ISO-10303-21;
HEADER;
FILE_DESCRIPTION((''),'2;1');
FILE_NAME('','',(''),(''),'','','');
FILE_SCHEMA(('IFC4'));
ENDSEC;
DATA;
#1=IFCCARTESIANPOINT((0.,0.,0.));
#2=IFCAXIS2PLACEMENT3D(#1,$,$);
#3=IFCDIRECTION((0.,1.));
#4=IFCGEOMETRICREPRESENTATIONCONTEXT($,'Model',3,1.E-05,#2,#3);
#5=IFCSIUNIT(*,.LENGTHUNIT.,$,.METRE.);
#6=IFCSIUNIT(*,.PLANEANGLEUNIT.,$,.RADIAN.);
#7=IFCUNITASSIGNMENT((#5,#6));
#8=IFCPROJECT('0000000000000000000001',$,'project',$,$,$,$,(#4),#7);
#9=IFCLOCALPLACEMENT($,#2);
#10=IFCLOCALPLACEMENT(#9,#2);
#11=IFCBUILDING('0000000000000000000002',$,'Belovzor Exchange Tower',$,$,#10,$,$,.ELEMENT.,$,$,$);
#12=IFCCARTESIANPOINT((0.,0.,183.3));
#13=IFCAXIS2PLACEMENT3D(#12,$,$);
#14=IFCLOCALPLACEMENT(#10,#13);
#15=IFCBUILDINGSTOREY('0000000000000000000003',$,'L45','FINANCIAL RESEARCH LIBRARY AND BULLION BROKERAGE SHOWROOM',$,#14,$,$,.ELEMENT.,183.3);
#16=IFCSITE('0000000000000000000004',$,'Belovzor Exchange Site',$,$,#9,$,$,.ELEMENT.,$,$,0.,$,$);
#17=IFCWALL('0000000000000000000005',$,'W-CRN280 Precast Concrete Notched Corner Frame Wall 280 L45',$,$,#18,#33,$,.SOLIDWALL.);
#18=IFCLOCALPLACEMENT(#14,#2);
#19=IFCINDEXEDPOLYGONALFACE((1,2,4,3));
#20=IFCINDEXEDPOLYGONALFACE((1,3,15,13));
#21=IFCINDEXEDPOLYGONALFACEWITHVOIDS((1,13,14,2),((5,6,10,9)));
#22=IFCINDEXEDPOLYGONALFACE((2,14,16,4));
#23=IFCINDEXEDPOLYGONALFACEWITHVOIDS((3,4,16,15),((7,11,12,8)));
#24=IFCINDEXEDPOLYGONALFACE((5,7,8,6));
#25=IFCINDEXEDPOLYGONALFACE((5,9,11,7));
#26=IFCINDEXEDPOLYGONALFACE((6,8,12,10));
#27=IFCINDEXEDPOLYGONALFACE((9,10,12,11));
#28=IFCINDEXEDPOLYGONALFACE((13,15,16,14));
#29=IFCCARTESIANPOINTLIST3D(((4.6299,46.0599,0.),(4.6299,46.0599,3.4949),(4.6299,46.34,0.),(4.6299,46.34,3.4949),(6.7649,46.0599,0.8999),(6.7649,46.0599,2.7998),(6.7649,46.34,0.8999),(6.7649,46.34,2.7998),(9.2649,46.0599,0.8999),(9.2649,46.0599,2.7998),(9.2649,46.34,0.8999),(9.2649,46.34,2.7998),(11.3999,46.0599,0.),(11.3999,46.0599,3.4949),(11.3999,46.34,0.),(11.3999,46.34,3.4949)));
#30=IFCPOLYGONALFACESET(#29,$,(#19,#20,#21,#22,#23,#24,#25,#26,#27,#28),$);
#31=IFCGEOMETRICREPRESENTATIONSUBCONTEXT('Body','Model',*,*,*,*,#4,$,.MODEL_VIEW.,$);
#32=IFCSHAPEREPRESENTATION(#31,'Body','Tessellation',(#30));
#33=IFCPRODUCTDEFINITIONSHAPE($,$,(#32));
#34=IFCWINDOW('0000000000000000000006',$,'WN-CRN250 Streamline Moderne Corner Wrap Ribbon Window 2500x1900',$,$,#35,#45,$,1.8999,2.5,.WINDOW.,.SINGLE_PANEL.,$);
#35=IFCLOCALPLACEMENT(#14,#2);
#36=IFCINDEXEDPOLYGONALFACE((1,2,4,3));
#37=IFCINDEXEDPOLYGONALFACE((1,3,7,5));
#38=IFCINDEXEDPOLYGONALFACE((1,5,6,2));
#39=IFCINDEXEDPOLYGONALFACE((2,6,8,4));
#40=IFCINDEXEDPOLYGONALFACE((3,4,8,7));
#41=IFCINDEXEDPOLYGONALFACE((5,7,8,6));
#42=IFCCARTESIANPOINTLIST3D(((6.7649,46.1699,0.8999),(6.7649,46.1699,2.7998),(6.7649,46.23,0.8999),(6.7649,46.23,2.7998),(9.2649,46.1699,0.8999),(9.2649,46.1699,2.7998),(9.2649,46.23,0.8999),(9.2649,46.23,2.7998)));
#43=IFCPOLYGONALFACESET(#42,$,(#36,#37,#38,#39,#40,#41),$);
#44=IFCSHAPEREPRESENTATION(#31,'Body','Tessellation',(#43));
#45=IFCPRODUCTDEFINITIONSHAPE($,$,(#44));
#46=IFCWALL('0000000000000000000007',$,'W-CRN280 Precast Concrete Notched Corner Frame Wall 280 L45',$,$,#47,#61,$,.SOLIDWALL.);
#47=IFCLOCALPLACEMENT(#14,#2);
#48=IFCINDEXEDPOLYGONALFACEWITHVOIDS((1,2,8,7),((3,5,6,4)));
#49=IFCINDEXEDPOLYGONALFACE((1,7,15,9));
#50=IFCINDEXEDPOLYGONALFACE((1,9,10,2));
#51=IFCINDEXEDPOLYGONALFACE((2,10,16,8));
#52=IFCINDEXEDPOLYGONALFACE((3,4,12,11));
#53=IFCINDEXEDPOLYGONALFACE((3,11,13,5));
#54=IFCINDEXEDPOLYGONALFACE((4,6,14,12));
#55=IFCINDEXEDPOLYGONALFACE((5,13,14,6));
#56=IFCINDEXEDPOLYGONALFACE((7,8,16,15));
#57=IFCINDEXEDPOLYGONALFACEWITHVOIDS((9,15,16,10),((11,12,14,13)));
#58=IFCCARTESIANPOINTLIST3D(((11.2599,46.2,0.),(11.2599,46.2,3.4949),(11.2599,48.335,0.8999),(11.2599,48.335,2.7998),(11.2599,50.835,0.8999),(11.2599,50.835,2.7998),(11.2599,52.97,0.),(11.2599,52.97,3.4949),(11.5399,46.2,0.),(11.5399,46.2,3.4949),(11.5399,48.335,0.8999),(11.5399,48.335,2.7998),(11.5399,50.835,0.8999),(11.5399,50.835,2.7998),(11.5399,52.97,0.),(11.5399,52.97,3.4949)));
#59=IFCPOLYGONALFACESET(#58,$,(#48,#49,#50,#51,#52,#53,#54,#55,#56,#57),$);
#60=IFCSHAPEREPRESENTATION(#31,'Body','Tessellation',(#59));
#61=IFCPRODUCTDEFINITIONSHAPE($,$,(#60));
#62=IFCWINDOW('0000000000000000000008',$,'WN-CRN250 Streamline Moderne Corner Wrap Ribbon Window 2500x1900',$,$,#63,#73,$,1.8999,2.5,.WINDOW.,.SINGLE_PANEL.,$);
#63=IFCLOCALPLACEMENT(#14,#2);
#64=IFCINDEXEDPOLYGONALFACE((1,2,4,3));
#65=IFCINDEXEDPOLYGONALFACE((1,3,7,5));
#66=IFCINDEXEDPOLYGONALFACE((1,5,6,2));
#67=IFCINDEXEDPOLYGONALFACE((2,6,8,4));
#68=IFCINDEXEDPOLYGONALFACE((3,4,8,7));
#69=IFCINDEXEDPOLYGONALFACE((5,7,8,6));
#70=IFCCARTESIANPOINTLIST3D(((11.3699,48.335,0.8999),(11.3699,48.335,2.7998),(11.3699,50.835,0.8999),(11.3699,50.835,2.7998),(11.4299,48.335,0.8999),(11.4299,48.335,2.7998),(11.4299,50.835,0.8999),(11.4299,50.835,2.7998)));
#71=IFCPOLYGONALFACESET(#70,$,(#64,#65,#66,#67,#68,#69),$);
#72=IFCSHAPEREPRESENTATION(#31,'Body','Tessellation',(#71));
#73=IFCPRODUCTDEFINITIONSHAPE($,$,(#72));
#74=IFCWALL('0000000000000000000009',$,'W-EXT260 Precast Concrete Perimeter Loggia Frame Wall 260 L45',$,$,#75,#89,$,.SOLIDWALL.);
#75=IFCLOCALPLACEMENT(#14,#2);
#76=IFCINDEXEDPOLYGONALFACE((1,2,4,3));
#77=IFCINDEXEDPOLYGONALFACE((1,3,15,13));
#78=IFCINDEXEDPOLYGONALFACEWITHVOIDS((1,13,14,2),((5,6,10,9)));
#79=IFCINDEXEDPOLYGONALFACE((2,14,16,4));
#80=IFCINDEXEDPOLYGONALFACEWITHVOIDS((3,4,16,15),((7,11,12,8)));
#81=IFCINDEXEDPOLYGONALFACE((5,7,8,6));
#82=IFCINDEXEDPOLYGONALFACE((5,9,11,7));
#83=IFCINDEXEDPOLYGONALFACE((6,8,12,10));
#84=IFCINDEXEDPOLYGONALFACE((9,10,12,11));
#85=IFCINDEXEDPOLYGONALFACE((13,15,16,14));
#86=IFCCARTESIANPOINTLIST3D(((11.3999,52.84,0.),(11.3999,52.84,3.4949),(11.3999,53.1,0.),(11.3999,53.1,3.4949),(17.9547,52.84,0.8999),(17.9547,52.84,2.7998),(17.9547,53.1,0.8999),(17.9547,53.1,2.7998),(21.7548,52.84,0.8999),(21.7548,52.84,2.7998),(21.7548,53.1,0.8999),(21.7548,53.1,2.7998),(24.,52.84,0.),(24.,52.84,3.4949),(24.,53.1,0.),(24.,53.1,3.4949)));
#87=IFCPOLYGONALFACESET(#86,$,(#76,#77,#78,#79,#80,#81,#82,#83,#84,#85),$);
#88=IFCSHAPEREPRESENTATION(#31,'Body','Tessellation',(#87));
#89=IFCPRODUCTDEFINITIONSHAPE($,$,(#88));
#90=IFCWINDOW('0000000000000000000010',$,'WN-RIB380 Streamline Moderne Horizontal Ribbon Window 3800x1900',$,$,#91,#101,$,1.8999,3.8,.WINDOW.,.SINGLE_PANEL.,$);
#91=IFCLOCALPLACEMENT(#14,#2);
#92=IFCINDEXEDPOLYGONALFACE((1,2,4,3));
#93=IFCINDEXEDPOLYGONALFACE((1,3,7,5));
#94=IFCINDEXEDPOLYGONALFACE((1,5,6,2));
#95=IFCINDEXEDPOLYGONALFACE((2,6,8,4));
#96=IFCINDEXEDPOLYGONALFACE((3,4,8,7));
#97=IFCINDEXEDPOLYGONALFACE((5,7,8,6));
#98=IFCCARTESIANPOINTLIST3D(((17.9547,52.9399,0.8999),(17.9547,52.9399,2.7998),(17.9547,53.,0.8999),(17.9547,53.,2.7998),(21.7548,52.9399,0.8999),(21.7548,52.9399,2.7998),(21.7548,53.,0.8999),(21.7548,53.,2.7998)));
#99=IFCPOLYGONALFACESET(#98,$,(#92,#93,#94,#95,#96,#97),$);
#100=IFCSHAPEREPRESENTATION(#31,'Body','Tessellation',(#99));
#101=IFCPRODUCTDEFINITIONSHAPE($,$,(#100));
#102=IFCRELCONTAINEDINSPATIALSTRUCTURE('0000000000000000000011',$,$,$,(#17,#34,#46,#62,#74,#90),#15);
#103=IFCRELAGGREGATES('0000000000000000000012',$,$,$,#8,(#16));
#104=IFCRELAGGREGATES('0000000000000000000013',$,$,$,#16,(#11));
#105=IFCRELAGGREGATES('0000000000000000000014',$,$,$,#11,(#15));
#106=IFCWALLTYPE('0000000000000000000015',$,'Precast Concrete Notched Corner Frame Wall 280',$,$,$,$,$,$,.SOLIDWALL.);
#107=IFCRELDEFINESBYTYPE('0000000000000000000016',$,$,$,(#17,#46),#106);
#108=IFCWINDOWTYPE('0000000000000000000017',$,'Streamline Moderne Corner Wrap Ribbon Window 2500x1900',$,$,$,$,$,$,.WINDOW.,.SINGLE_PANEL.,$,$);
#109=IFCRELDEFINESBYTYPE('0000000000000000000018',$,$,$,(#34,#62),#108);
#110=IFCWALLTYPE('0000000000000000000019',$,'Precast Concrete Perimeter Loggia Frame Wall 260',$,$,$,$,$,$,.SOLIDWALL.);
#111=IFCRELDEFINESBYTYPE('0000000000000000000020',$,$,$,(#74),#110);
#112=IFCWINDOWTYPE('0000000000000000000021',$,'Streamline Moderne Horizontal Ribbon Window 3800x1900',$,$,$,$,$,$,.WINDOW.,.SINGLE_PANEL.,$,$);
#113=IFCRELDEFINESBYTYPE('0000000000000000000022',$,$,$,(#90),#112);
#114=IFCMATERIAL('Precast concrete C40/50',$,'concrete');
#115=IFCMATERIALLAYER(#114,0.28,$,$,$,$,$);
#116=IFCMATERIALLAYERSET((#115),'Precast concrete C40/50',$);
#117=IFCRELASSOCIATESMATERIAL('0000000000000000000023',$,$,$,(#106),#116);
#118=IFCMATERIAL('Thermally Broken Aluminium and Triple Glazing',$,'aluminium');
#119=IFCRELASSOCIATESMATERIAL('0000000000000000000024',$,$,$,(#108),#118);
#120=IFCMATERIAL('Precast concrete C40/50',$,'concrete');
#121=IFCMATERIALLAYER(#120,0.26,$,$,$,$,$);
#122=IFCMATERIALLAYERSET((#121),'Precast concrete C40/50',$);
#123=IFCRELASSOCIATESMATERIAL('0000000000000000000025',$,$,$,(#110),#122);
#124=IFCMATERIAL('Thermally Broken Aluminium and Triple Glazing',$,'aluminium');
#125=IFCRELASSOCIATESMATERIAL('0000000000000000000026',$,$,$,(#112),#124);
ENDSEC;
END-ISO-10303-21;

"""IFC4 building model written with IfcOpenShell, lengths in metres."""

from ifc_helpers import new_model, si_unit, direction, frame, frame_2d, origin, place, context, subcontext, project, spatial, rectangle, extrude, material, layer, layer_set, type_object, element, fill, save


model = new_model("IFC4")

# Units and contexts
model_context = context("Model", 3, precision=1e-05, world=origin(), true_north=direction((0.0, 1.0)))
body_context = subcontext(model_context, "Body", "Model", "MODEL_VIEW")
ifc_project = project(units=[si_unit("LENGTHUNIT", "METRE"), si_unit("PLANEANGLEUNIT", "RADIAN")], contexts=[model_context])

# Site, building, storey
site_placement = place(None, origin())
site = spatial("IfcSite", under=ifc_project, at=site_placement, Name="Belovzor Exchange Site", CompositionType="ELEMENT", RefElevation=0.0)
building_placement = place(site_placement, origin())
building = spatial("IfcBuilding", under=site, at=building_placement, Name="Belovzor Exchange Tower", CompositionType="ELEMENT")
storey_placement = place(building_placement, frame((0.0, 0.0, 183.3)))
storey = spatial("IfcBuildingStorey", under=building, at=storey_placement, Name="L45", Description="FINANCIAL RESEARCH LIBRARY AND BULLION BROKERAGE SHOWROOM", CompositionType="ELEMENT", Elevation=183.3)

# Walls, openings, windows
ifc_material_1 = material(Name="Precast concrete C40/50", Category="concrete")
ifc_layer_1 = layer(ifc_material_1, 0.28)
ifc_layer_set_1 = layer_set([ifc_layer_1], Name="Precast concrete C40/50")
wall_type_1 = type_object("IfcWallType", Name="Precast Concrete Notched Corner Frame Wall 280", PredefinedType="SOLIDWALL", material=ifc_layer_set_1)
wall_1_placement = place(storey_placement, frame((4.6299, 46.2, 0.0), z_axis=(0.0, 0.0, 1.0), x_axis=(1.0, 0.0, 0.0)))
wall_1 = element("IfcWall", 1, at=wall_1_placement, inside=storey, type_object=wall_type_1, Name="W-CRN280 Precast Concrete Notched Corner Frame Wall 280 L45", PredefinedType="SOLIDWALL", context=body_context, shape_type="SweptSolid", body=[
    extrude(rectangle(XDim=6.77, YDim=0.28, at=frame_2d((3.385, 0.0))), origin(), (0.0, 0.0, 1.0), 3.4949),
])
opening_1_placement = place(wall_1_placement, frame((2.135, 0.0, 0.8999)))
opening_1 = element("IfcOpeningElement", 2, at=opening_1_placement, cuts=wall_1, PredefinedType="OPENING", context=body_context, shape_type="SweptSolid", body=[
    extrude(rectangle(XDim=2.5, YDim=1.8999, at=frame_2d((1.25, 0.95))), frame((0.0, 0.1499, 0.0), z_axis=(0.0, -1.0, 0.0), x_axis=(1.0, 0.0, 0.0)), (0.0, 0.0, 1.0), 0.3),
])
ifc_material_2 = material(Name="Thermally Broken Aluminium and Triple Glazing", Category="aluminium")
window_type_1 = type_object("IfcWindowType", Name="Streamline Moderne Corner Wrap Ribbon Window 2500x1900", PartitioningType="SINGLE_PANEL", PredefinedType="WINDOW", material=ifc_material_2)
window_1_placement = place(opening_1_placement, origin())
window_1 = element("IfcWindow", 3, at=window_1_placement, inside=storey, type_object=window_type_1, Name="WN-CRN250 Streamline Moderne Corner Wrap Ribbon Window 2500x1900", OverallHeight=1.8999, OverallWidth=2.5, PartitioningType="SINGLE_PANEL", PredefinedType="WINDOW", context=body_context, shape_type="SweptSolid", body=[
    extrude(rectangle(XDim=2.5, YDim=1.8999, at=frame_2d((1.25, 0.95))), frame((0.0, 0.03, 0.0), z_axis=(0.0, -1.0, 0.0), x_axis=(1.0, 0.0, 0.0)), (0.0, 0.0, 1.0), 0.0601),
])
fill(opening_1, window_1)
wall_2_placement = place(storey_placement, frame((11.3999, 46.2, 0.0), z_axis=(0.0, 0.0, 1.0), x_axis=(0.0, 1.0, 0.0)))
wall_2 = element("IfcWall", 4, at=wall_2_placement, inside=storey, type_object=wall_type_1, Name="W-CRN280 Precast Concrete Notched Corner Frame Wall 280 L45", PredefinedType="SOLIDWALL", context=body_context, shape_type="SweptSolid", body=[
    extrude(rectangle(XDim=6.77, YDim=0.28, at=frame_2d((3.385, 0.0))), origin(), (0.0, 0.0, 1.0), 3.4949),
])
opening_2_placement = place(wall_2_placement, frame((2.135, 0.0, 0.8999)))
opening_2 = element("IfcOpeningElement", 5, at=opening_2_placement, cuts=wall_2, PredefinedType="OPENING", context=body_context, shape_type="SweptSolid", body=[
    extrude(rectangle(XDim=2.5, YDim=1.8999, at=frame_2d((1.25, 0.95))), frame((0.0, 0.1499, 0.0), z_axis=(0.0, -1.0, 0.0), x_axis=(1.0, 0.0, 0.0)), (0.0, 0.0, 1.0), 0.3),
])
window_2_placement = place(opening_2_placement, origin())
window_2 = element("IfcWindow", 6, at=window_2_placement, inside=storey, type_object=window_type_1, Name="WN-CRN250 Streamline Moderne Corner Wrap Ribbon Window 2500x1900", OverallHeight=1.8999, OverallWidth=2.5, PartitioningType="SINGLE_PANEL", PredefinedType="WINDOW", context=body_context, shape_type="SweptSolid", body=[
    extrude(rectangle(XDim=2.5, YDim=1.8999, at=frame_2d((1.25, 0.95))), frame((0.0, 0.03, 0.0), z_axis=(0.0, -1.0, 0.0), x_axis=(1.0, 0.0, 0.0)), (0.0, 0.0, 1.0), 0.0601),
])
fill(opening_2, window_2)
ifc_material_3 = material(Name="Precast concrete C40/50", Category="concrete")
ifc_layer_2 = layer(ifc_material_3, 0.26)
ifc_layer_set_2 = layer_set([ifc_layer_2], Name="Precast concrete C40/50")
wall_type_2 = type_object("IfcWallType", Name="Precast Concrete Perimeter Loggia Frame Wall 260", PredefinedType="SOLIDWALL", material=ifc_layer_set_2)
wall_3_placement = place(storey_placement, frame((11.3999, 52.97, 0.0), z_axis=(0.0, 0.0, 1.0), x_axis=(1.0, 0.0, 0.0)))
wall_3 = element("IfcWall", 7, at=wall_3_placement, inside=storey, type_object=wall_type_2, Name="W-EXT260 Precast Concrete Perimeter Loggia Frame Wall 260 L45", PredefinedType="SOLIDWALL", context=body_context, shape_type="SweptSolid", body=[
    extrude(rectangle(XDim=12.6001, YDim=0.26, at=frame_2d((6.3, 0.0))), origin(), (0.0, 0.0, 1.0), 3.4949),
])
opening_3_placement = place(wall_3_placement, frame((6.5549, 0.0, 0.8999)))
opening_3 = element("IfcOpeningElement", 8, at=opening_3_placement, cuts=wall_3, PredefinedType="OPENING", context=body_context, shape_type="SweptSolid", body=[
    extrude(rectangle(XDim=3.8, YDim=1.8999, at=frame_2d((1.8999, 0.95))), frame((0.0, 0.1399, 0.0), z_axis=(0.0, -1.0, 0.0), x_axis=(1.0, 0.0, 0.0)), (0.0, 0.0, 1.0), 0.28),
])
ifc_material_4 = material(Name="Thermally Broken Aluminium and Triple Glazing", Category="aluminium")
window_type_2 = type_object("IfcWindowType", Name="Streamline Moderne Horizontal Ribbon Window 3800x1900", PartitioningType="SINGLE_PANEL", PredefinedType="WINDOW", material=ifc_material_4)
window_3_placement = place(opening_3_placement, origin())
window_3 = element("IfcWindow", 9, at=window_3_placement, inside=storey, type_object=window_type_2, Name="WN-RIB380 Streamline Moderne Horizontal Ribbon Window 3800x1900", OverallHeight=1.8999, OverallWidth=3.8, PartitioningType="SINGLE_PANEL", PredefinedType="WINDOW", context=body_context, shape_type="SweptSolid", body=[
    extrude(rectangle(XDim=3.8, YDim=1.8999, at=frame_2d((1.8999, 0.95))), frame((0.0, 0.03, 0.0), z_axis=(0.0, -1.0, 0.0), x_axis=(1.0, 0.0, 0.0)), (0.0, 0.0, 1.0), 0.0601),
])
fill(opening_3, window_3)

save(model, "model.ifc")
